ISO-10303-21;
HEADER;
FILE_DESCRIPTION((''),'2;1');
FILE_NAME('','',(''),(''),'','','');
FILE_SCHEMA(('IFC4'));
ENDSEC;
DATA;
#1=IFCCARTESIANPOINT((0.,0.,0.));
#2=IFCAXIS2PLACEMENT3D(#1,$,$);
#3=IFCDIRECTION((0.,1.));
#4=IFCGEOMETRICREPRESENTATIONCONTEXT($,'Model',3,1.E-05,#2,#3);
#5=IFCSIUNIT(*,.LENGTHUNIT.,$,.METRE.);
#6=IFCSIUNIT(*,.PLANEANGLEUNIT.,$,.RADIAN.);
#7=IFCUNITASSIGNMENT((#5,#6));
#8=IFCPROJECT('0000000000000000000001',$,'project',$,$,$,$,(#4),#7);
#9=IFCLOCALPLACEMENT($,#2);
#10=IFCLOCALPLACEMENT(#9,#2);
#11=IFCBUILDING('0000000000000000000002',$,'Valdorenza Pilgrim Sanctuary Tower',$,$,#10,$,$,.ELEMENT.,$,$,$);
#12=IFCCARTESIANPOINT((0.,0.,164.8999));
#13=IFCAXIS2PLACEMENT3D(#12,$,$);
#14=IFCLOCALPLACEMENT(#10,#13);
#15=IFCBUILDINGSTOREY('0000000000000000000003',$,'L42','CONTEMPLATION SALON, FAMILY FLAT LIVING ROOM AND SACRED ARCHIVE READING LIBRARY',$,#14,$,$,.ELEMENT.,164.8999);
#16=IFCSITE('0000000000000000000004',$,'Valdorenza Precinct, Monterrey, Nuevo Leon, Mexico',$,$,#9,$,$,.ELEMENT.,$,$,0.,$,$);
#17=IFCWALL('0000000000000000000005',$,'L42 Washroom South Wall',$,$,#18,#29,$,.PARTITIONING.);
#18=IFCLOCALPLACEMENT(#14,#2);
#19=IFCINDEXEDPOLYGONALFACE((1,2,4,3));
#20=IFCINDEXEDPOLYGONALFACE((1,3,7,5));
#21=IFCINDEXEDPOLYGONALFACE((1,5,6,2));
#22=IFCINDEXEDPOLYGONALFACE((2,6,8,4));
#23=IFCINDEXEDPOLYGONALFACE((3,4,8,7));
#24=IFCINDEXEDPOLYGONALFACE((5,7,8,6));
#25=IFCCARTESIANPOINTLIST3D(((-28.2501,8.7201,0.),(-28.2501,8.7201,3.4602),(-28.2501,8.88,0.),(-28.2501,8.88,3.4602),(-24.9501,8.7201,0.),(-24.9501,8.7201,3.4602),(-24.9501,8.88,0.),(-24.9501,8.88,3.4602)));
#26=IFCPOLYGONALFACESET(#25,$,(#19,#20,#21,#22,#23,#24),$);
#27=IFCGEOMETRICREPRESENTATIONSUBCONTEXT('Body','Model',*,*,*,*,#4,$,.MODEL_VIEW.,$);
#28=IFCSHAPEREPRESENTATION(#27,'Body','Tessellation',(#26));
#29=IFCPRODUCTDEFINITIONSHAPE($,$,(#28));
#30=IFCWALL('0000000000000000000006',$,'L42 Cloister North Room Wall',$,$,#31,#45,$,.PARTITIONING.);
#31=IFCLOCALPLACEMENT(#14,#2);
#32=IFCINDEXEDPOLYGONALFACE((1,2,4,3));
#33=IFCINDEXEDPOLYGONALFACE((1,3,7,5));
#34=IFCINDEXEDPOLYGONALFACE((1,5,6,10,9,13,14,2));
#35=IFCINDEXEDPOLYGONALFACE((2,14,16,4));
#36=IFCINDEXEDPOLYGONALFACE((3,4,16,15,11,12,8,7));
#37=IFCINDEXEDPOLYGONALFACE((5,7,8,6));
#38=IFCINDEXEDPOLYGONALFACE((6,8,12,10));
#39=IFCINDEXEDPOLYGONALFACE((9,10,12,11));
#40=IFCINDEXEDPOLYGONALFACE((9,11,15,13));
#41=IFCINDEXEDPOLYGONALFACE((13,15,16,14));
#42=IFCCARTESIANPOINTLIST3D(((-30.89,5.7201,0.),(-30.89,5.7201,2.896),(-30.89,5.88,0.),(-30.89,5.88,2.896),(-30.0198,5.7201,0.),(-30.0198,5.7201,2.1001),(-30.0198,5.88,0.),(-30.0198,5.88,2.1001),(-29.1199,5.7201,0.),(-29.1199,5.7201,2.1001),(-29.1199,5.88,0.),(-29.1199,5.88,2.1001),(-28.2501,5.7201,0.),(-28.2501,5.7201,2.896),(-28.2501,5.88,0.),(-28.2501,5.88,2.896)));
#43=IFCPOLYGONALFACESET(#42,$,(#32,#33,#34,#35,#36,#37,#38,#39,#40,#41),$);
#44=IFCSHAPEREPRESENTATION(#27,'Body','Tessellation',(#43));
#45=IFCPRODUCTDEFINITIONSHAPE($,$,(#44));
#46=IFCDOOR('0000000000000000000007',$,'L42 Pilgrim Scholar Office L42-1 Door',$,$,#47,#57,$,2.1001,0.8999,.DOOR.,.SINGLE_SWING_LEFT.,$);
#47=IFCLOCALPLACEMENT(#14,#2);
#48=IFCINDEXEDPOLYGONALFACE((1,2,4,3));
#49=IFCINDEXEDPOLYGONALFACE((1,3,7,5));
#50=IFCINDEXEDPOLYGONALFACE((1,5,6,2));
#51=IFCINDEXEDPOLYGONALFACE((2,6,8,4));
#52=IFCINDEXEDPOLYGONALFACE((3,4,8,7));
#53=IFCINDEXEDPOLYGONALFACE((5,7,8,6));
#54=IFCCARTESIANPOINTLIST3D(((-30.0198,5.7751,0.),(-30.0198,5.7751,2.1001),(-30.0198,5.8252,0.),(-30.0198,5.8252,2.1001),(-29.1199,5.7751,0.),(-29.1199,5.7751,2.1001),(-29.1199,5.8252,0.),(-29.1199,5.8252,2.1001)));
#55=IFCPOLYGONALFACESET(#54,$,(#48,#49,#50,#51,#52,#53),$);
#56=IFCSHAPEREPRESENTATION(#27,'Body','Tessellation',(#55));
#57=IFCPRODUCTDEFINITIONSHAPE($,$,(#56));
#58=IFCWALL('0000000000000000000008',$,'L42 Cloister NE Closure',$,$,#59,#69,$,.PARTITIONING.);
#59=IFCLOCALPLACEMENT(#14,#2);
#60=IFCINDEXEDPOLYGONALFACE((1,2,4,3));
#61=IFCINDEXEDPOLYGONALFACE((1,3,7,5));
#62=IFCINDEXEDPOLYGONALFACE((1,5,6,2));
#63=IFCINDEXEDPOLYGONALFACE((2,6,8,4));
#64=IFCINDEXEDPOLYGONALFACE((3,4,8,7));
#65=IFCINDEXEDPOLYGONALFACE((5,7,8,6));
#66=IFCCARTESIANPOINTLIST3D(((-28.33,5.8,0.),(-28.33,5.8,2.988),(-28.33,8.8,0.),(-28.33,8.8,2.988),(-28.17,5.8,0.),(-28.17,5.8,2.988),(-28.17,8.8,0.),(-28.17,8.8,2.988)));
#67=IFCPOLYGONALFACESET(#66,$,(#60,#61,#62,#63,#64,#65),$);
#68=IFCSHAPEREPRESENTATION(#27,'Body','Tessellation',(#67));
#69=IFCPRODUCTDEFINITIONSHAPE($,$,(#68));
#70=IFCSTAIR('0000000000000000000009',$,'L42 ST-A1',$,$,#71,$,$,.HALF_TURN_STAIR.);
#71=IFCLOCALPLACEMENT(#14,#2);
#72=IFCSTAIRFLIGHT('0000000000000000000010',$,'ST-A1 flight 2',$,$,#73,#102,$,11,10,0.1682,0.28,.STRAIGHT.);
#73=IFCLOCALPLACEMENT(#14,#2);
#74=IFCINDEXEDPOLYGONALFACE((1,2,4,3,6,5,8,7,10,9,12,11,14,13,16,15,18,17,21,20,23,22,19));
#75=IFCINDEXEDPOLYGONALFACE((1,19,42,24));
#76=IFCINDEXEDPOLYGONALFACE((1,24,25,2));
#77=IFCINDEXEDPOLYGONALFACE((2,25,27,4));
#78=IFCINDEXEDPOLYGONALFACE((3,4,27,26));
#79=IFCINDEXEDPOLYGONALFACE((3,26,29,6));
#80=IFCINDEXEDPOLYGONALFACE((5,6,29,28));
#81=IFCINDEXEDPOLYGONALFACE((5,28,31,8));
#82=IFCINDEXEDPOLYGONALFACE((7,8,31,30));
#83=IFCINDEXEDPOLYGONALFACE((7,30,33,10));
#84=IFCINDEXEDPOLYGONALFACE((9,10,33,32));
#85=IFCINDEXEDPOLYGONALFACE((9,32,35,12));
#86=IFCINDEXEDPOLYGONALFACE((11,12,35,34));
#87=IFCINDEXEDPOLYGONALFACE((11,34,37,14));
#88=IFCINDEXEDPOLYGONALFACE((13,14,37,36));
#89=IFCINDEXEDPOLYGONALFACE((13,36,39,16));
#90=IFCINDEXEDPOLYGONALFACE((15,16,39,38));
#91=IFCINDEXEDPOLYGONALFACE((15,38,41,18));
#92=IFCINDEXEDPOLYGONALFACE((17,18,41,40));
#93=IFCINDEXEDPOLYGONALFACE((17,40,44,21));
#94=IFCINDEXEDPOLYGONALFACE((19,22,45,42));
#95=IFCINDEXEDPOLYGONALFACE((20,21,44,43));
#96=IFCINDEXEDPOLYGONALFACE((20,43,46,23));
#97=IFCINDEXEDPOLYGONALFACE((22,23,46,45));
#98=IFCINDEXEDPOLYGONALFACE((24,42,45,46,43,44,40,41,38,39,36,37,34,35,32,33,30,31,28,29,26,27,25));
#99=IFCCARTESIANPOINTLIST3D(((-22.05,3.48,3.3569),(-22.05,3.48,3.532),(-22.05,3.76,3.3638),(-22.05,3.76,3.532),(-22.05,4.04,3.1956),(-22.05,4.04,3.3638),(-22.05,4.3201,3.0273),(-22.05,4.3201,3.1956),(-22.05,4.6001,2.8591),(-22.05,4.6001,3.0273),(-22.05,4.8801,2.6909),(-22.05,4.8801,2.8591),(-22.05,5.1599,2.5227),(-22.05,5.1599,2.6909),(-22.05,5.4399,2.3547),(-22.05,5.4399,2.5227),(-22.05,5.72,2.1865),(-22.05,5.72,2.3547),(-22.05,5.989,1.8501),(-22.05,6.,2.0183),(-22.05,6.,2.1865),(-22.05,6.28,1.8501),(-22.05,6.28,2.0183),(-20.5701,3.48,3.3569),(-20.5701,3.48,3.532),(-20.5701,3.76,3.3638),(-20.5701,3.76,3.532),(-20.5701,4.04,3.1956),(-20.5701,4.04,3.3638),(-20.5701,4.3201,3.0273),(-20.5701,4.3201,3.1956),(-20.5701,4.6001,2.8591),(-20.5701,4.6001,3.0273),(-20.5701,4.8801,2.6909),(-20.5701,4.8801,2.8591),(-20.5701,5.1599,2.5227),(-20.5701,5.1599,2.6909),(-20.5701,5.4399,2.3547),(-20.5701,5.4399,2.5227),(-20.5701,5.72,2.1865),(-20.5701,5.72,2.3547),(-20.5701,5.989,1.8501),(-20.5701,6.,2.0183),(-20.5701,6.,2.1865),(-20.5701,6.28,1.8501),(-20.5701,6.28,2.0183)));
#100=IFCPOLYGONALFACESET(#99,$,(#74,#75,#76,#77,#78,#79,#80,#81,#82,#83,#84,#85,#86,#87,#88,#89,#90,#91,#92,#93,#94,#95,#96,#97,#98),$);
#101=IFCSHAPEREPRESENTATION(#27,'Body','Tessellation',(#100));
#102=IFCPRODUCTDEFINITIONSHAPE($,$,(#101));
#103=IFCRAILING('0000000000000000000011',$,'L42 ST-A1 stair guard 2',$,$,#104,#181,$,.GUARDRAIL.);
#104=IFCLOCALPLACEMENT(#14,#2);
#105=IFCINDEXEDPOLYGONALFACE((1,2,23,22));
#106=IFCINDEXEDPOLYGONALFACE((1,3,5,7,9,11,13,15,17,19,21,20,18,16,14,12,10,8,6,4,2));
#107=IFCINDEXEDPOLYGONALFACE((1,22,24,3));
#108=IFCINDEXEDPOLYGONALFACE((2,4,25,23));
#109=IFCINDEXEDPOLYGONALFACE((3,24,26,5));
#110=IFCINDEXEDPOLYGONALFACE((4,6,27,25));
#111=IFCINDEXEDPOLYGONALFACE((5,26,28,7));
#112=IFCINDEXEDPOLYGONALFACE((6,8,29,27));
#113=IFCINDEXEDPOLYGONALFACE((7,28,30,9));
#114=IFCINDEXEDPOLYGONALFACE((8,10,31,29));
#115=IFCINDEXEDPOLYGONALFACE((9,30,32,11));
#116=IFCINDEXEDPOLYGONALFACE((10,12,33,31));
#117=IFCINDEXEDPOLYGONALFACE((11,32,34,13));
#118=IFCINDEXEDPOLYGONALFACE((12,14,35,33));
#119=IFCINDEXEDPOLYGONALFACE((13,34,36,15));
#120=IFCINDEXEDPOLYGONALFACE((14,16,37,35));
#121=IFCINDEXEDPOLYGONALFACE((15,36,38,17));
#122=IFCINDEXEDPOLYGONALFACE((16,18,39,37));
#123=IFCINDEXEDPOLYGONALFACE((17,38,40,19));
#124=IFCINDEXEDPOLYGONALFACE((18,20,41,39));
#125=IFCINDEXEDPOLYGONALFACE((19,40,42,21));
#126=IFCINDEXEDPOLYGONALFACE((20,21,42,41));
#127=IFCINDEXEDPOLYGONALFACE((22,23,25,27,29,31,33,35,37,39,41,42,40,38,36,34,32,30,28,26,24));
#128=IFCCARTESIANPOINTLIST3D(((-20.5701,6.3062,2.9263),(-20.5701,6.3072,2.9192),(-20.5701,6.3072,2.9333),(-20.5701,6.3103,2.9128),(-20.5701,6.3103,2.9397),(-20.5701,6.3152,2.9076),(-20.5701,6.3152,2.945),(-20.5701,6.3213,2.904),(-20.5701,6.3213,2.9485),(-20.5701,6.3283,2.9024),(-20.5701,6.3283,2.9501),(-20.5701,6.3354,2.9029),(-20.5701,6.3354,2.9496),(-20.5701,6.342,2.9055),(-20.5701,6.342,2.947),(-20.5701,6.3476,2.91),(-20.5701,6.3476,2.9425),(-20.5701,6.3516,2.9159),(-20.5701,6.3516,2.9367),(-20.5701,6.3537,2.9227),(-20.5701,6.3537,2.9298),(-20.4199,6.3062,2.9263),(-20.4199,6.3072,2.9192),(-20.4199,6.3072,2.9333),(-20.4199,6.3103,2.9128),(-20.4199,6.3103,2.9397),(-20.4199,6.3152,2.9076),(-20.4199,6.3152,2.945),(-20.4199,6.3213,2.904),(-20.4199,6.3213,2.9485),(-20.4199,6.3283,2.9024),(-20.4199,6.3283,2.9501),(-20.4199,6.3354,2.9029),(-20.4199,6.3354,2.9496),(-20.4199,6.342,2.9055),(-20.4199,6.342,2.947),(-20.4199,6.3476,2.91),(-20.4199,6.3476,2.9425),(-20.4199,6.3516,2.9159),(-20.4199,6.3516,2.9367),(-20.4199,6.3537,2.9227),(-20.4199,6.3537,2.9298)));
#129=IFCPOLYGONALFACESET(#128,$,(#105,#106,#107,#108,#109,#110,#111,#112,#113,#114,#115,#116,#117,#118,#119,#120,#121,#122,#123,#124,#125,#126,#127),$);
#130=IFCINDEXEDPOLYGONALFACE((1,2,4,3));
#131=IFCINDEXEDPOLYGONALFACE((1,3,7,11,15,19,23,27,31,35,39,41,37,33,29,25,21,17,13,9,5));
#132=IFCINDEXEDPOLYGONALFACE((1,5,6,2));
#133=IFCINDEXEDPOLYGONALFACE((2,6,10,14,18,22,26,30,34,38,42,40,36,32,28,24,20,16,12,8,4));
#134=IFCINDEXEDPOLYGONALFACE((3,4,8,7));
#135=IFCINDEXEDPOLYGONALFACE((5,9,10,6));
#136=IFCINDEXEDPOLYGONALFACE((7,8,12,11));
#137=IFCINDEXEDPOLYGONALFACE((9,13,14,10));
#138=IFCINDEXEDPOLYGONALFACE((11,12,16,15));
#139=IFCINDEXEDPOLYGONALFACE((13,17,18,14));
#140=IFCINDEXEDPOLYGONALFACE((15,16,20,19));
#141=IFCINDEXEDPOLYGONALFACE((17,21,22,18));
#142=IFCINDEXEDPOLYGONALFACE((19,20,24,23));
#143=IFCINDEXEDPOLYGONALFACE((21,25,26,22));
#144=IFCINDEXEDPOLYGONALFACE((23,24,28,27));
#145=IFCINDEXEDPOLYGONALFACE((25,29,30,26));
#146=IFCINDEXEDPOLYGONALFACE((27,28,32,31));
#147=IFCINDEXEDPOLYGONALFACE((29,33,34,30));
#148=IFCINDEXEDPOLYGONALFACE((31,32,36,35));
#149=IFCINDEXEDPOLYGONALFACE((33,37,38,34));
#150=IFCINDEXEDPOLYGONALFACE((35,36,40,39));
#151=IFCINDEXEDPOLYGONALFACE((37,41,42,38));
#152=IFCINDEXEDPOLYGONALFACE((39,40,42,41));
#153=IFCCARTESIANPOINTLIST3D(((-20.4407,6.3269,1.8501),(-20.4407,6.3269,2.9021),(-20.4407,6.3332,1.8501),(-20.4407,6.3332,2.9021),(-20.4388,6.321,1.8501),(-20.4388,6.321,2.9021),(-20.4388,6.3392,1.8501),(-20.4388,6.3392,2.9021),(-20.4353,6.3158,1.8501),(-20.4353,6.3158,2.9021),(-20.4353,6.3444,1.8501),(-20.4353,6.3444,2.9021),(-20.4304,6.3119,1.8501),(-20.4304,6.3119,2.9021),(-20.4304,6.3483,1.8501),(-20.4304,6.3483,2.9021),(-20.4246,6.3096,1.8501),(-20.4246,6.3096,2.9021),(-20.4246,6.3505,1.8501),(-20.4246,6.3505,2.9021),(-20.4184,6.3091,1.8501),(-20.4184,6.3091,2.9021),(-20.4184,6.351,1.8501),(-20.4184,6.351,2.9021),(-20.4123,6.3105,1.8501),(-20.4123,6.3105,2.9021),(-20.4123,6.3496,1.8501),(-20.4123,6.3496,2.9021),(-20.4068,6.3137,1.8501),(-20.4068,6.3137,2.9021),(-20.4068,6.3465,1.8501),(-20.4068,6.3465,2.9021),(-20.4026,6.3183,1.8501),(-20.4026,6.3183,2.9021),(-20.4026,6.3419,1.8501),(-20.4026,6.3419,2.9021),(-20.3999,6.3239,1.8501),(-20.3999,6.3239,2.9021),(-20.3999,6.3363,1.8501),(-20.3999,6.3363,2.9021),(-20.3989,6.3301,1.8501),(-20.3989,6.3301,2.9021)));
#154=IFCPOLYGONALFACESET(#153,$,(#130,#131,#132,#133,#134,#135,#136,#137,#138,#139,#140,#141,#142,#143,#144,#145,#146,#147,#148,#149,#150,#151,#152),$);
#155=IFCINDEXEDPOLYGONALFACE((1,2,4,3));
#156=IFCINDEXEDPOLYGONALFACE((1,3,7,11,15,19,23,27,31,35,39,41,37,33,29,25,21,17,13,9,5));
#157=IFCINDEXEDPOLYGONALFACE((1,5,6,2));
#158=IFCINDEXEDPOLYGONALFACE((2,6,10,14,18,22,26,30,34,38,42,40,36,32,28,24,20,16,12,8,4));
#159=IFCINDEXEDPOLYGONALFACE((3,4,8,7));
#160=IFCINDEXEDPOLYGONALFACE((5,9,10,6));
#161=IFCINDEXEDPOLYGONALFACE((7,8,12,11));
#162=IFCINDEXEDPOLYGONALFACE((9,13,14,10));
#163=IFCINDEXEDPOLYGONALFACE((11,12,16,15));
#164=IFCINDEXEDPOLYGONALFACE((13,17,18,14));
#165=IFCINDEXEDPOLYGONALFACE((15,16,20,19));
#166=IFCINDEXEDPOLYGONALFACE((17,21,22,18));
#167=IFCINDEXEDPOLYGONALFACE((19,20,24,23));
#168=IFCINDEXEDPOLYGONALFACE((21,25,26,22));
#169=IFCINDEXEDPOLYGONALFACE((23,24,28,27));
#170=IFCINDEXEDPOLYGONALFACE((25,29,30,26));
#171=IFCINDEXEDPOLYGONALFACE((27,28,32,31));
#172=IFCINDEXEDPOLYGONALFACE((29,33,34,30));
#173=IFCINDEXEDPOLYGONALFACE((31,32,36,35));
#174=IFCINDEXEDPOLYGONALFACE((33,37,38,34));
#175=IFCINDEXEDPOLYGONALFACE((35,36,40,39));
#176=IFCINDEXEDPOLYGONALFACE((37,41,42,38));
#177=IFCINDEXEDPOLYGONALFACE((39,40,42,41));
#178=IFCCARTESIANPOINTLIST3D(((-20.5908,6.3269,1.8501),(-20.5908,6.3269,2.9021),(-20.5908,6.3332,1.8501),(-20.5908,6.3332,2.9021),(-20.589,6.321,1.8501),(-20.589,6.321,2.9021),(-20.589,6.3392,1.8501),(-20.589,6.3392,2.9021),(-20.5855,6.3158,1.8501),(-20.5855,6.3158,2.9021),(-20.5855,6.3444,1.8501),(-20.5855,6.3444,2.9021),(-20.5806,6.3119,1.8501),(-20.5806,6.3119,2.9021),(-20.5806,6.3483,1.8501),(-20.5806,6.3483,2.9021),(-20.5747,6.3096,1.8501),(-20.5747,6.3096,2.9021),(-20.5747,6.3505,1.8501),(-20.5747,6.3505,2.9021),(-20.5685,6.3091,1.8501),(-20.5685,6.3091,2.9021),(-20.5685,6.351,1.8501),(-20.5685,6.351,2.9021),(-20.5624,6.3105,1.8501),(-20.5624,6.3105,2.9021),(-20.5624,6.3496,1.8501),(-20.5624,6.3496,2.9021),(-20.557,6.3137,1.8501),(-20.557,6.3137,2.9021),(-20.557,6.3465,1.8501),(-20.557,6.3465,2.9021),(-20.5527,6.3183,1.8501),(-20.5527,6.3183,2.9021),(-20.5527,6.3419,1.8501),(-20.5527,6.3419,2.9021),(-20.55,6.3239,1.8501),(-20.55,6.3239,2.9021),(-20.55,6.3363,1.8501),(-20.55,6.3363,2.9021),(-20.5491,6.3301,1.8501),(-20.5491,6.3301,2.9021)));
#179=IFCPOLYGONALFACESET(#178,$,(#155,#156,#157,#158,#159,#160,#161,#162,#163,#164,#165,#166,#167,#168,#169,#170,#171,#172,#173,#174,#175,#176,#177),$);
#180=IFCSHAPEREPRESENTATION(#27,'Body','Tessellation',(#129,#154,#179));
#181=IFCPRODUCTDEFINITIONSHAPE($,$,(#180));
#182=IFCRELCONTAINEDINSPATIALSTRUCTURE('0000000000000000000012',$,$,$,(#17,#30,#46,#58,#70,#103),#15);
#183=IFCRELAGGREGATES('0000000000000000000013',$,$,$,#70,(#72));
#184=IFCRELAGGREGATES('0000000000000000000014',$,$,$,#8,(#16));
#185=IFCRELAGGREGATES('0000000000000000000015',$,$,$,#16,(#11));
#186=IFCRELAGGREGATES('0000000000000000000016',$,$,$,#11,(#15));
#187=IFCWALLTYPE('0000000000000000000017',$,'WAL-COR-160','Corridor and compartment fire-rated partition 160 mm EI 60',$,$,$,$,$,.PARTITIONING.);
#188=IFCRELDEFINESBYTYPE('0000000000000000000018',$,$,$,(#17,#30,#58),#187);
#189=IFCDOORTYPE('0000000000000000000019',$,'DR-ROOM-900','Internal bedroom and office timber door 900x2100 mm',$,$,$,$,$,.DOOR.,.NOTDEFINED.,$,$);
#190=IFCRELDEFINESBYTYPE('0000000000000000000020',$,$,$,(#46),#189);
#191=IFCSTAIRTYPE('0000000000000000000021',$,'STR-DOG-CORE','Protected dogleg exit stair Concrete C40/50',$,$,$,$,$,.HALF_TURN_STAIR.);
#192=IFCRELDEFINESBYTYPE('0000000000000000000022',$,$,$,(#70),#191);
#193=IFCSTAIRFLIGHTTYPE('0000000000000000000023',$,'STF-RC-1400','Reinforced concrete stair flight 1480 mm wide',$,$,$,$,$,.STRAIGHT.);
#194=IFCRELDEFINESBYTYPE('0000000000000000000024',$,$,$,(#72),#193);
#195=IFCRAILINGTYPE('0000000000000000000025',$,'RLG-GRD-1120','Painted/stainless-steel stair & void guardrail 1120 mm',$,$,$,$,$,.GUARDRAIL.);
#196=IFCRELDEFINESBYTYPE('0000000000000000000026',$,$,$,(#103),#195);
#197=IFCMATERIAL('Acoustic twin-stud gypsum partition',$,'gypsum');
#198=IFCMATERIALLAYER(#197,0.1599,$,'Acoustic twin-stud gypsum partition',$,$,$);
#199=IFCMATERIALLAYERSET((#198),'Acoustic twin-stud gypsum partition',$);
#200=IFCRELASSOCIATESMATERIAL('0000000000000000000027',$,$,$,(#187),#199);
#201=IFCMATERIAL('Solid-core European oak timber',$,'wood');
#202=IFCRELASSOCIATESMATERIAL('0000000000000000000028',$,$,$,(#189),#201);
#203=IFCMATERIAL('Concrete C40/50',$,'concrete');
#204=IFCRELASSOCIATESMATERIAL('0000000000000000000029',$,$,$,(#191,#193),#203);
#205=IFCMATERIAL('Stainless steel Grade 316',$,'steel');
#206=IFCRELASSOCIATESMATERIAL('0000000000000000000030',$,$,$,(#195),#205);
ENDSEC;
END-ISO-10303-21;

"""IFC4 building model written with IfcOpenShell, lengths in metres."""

from ifc_helpers import new_model, si_unit, direction, frame, frame_2d, origin, origin_2d, place, context, subcontext, project, spatial, polyline, rectangle, circle, outline, extrude, material, layer, layer_set, type_object, element, fill, aggregate, save


model = new_model("IFC4")

# Units and contexts
model_context = context("Model", 3, precision=1e-05, world=origin(), true_north=direction((0.0, 1.0)))
body_context = subcontext(model_context, "Body", "Model", "MODEL_VIEW")
ifc_project = project(units=[si_unit("LENGTHUNIT", "METRE"), si_unit("PLANEANGLEUNIT", "RADIAN")], contexts=[model_context])

# Site, building, storey
site_placement = place(None, origin())
site = spatial("IfcSite", under=ifc_project, at=site_placement, Name="Valdorenza Precinct, Monterrey, Nuevo Leon, Mexico", CompositionType="ELEMENT", RefElevation=0.0)
building_placement = place(site_placement, origin())
building = spatial("IfcBuilding", under=site, at=building_placement, Name="Valdorenza Pilgrim Sanctuary Tower", CompositionType="ELEMENT")
storey_placement = place(building_placement, frame((0.0, 0.0, 164.8999)))
storey = spatial("IfcBuildingStorey", under=building, at=storey_placement, Name="L42", Description="CONTEMPLATION SALON, FAMILY FLAT LIVING ROOM AND SACRED ARCHIVE READING LIBRARY", CompositionType="ELEMENT", Elevation=164.8999)

# Shared definitions
ifc_material_1 = material(Name="Acoustic twin-stud gypsum partition", Category="gypsum")
ifc_layer_1 = layer(ifc_material_1, 0.1599, Name="Acoustic twin-stud gypsum partition")
ifc_layer_set_1 = layer_set([ifc_layer_1], Name="Acoustic twin-stud gypsum partition")
wall_type = type_object("IfcWallType", Name="WAL-COR-160", Description="Corridor and compartment fire-rated partition 160 mm EI 60", PredefinedType="PARTITIONING", material=ifc_layer_set_1)

# Wall
wall_1_placement = place(storey_placement, frame((-28.25, 8.8, 0.0), z_axis=(0.0, 0.0, 1.0), x_axis=(1.0, 0.0, 0.0)))
element("IfcWall", 1, at=wall_1_placement, inside=storey, type_object=wall_type, Name="L42 Washroom South Wall", PredefinedType="PARTITIONING", context=body_context, shape_type="SweptSolid", body=[
    extrude(rectangle(XDim=3.3, YDim=0.1599, at=frame_2d((1.6499, 0.0))), origin(), (0.0, 0.0, 1.0), 3.4602),
])

# Wall, opening, door
wall_2_placement = place(storey_placement, frame((-30.8899, 5.8, 0.0), z_axis=(0.0, 0.0, 1.0), x_axis=(1.0, 0.0, 0.0)))
wall_2 = element("IfcWall", 2, at=wall_2_placement, inside=storey, type_object=wall_type, Name="L42 Cloister North Room Wall", PredefinedType="PARTITIONING", context=body_context, shape_type="SweptSolid", body=[
    extrude(rectangle(XDim=2.6399, YDim=0.1599, at=frame_2d((1.3198, 0.0))), origin(), (0.0, 0.0, 1.0), 2.896),
])
opening_1_placement = place(wall_2_placement, frame((0.8701, 0.0, 0.0)))
opening_1 = element("IfcOpeningElement", 3, at=opening_1_placement, cuts=wall_2, PredefinedType="OPENING", context=body_context, shape_type="SweptSolid", body=[
    extrude(rectangle(XDim=0.8999, YDim=2.1001, at=frame_2d((0.45, 1.05))), frame((0.0, 0.0947, 0.0), z_axis=(0.0, -1.0, 0.0), x_axis=(1.0, 0.0, 0.0)), (0.0, 0.0, 1.0), 0.1897),
])
ifc_material_2 = material(Name="Solid-core European oak timber", Category="wood")
door_type_1 = type_object("IfcDoorType", Name="DR-ROOM-900", Description="Internal bedroom and office timber door 900x2100 mm", OperationType="NOTDEFINED", PredefinedType="DOOR", material=ifc_material_2)
door_1_placement = place(opening_1_placement, frame((0.8999, 0.0, 0.0), z_axis=(0.0, 0.0, 1.0), x_axis=(-1.0, 0.0, 0.0)))
door_1 = element("IfcDoor", 4, at=door_1_placement, inside=storey, type_object=door_type_1, Name="L42 Pilgrim Scholar Office L42-1 Door", OperationType="SINGLE_SWING_LEFT", OverallHeight=2.1001, OverallWidth=0.8999, PredefinedType="DOOR", context=body_context, shape_type="SweptSolid", body=[
    extrude(rectangle(XDim=0.8999, YDim=2.1001, at=frame_2d((0.45, 1.05))), frame((0.0, 0.0249, 0.0), z_axis=(0.0, -1.0, 0.0), x_axis=(1.0, 0.0, 0.0)), (0.0, 0.0, 1.0), 0.05),
])
fill(opening_1, door_1)

# Wall
wall_3_placement = place(storey_placement, frame((-28.25, 5.8, 0.0), z_axis=(0.0, 0.0, 1.0), x_axis=(0.0, 1.0, 0.0)))
element("IfcWall", 5, at=wall_3_placement, inside=storey, type_object=wall_type, Name="L42 Cloister NE Closure", PredefinedType="PARTITIONING", context=body_context, shape_type="SweptSolid", body=[
    extrude(rectangle(XDim=3.0, YDim=0.1599, at=frame_2d((1.5, 0.0))), origin(), (0.0, 0.0, 1.0), 2.988),
])

# Stair, stair flight
ifc_material_3 = material(Name="Concrete C40/50", Category="concrete")
stair_type = type_object("IfcStairType", Name="STR-DOG-CORE", Description="Protected dogleg exit stair Concrete C40/50", PredefinedType="HALF_TURN_STAIR", material=ifc_material_3)
stair_placement = place(storey_placement, origin())
stair = element("IfcStair", 6, at=stair_placement, inside=storey, type_object=stair_type, Name="L42 ST-A1", PredefinedType="HALF_TURN_STAIR")
stair_flight_type = type_object("IfcStairFlightType", Name="STF-RC-1400", Description="Reinforced concrete stair flight 1480 mm wide", PredefinedType="STRAIGHT", material=ifc_material_3)
stair_flight_placement = place(storey_placement, frame((-21.3101, 6.28, 1.8501), z_axis=(0.0, 0.0, 1.0), x_axis=(0.0, -1.0, 0.0)))
stair_flight = element("IfcStairFlight", 7, at=stair_flight_placement, type_object=stair_flight_type, Name="ST-A1 flight 2", NumberOfRisers=11, NumberOfTreads=10, PredefinedType="STRAIGHT", RiserHeight=0.1682, TreadLength=0.28, context=body_context, shape_type="SweptSolid", body=[
    extrude(outline(polyline([(0.0, 0.0), (0.0, 0.1682), (0.28, 0.1682), (0.28, 0.3364), (0.5601, 0.3364), (0.5601, 0.5046), (0.8401, 0.5046), (0.8401, 0.6726), (1.1201, 0.6726), (1.1201, 0.8408), (1.3999, 0.8408), (1.3999, 1.009), (1.6799, 1.009), (1.6799, 1.1772), (1.96, 1.1772), (1.96, 1.3455), (2.24, 1.3455), (2.24, 1.5137), (2.52, 1.5137), (2.52, 1.6819), (2.8, 1.6819), (2.8, 1.8501), (2.8, 1.5068), (0.291, 0.0), (0.0, 0.0)])), frame((0.0, 0.74, 0.0), z_axis=(0.0, -1.0, 0.0), x_axis=(1.0, 0.0, 0.0)), (0.0, 0.0, 1.0), 1.48),
])
aggregate(stair, [stair_flight])

# Railing
ifc_material_4 = material(Name="Stainless steel Grade 316", Category="steel")
railing_type_1 = type_object("IfcRailingType", Name="RLG-GRD-1120", Description="Painted/stainless-steel stair & void guardrail 1120 mm", PredefinedType="GUARDRAIL", material=ifc_material_4)
railing_1_placement = place(storey_placement, frame((-20.4199, 6.3301, 1.8501)))
element("IfcRailing", 8, at=railing_1_placement, inside=storey, type_object=railing_type_1, Name="L42 ST-A1 stair guard 2", PredefinedType="GUARDRAIL", context=body_context, shape_type="SweptSolid", body=[
    extrude(circle(Radius=0.0239, at=origin_2d()), frame((0.0, 0.0, 1.0762), z_axis=(-1.0, 0.0, 0.0), x_axis=(0.0, -1.0, 0.0)), (0.0, 0.0, 1.0), 0.1501),
    extrude(circle(Radius=0.021, at=origin_2d()), origin(), (0.0, 0.0, 1.0), 1.052),
    extrude(circle(Radius=0.021, at=origin_2d()), frame((-0.1501, 0.0, 0.0)), (0.0, 0.0, 1.0), 1.052),
])

save(model, "model.ifc")
